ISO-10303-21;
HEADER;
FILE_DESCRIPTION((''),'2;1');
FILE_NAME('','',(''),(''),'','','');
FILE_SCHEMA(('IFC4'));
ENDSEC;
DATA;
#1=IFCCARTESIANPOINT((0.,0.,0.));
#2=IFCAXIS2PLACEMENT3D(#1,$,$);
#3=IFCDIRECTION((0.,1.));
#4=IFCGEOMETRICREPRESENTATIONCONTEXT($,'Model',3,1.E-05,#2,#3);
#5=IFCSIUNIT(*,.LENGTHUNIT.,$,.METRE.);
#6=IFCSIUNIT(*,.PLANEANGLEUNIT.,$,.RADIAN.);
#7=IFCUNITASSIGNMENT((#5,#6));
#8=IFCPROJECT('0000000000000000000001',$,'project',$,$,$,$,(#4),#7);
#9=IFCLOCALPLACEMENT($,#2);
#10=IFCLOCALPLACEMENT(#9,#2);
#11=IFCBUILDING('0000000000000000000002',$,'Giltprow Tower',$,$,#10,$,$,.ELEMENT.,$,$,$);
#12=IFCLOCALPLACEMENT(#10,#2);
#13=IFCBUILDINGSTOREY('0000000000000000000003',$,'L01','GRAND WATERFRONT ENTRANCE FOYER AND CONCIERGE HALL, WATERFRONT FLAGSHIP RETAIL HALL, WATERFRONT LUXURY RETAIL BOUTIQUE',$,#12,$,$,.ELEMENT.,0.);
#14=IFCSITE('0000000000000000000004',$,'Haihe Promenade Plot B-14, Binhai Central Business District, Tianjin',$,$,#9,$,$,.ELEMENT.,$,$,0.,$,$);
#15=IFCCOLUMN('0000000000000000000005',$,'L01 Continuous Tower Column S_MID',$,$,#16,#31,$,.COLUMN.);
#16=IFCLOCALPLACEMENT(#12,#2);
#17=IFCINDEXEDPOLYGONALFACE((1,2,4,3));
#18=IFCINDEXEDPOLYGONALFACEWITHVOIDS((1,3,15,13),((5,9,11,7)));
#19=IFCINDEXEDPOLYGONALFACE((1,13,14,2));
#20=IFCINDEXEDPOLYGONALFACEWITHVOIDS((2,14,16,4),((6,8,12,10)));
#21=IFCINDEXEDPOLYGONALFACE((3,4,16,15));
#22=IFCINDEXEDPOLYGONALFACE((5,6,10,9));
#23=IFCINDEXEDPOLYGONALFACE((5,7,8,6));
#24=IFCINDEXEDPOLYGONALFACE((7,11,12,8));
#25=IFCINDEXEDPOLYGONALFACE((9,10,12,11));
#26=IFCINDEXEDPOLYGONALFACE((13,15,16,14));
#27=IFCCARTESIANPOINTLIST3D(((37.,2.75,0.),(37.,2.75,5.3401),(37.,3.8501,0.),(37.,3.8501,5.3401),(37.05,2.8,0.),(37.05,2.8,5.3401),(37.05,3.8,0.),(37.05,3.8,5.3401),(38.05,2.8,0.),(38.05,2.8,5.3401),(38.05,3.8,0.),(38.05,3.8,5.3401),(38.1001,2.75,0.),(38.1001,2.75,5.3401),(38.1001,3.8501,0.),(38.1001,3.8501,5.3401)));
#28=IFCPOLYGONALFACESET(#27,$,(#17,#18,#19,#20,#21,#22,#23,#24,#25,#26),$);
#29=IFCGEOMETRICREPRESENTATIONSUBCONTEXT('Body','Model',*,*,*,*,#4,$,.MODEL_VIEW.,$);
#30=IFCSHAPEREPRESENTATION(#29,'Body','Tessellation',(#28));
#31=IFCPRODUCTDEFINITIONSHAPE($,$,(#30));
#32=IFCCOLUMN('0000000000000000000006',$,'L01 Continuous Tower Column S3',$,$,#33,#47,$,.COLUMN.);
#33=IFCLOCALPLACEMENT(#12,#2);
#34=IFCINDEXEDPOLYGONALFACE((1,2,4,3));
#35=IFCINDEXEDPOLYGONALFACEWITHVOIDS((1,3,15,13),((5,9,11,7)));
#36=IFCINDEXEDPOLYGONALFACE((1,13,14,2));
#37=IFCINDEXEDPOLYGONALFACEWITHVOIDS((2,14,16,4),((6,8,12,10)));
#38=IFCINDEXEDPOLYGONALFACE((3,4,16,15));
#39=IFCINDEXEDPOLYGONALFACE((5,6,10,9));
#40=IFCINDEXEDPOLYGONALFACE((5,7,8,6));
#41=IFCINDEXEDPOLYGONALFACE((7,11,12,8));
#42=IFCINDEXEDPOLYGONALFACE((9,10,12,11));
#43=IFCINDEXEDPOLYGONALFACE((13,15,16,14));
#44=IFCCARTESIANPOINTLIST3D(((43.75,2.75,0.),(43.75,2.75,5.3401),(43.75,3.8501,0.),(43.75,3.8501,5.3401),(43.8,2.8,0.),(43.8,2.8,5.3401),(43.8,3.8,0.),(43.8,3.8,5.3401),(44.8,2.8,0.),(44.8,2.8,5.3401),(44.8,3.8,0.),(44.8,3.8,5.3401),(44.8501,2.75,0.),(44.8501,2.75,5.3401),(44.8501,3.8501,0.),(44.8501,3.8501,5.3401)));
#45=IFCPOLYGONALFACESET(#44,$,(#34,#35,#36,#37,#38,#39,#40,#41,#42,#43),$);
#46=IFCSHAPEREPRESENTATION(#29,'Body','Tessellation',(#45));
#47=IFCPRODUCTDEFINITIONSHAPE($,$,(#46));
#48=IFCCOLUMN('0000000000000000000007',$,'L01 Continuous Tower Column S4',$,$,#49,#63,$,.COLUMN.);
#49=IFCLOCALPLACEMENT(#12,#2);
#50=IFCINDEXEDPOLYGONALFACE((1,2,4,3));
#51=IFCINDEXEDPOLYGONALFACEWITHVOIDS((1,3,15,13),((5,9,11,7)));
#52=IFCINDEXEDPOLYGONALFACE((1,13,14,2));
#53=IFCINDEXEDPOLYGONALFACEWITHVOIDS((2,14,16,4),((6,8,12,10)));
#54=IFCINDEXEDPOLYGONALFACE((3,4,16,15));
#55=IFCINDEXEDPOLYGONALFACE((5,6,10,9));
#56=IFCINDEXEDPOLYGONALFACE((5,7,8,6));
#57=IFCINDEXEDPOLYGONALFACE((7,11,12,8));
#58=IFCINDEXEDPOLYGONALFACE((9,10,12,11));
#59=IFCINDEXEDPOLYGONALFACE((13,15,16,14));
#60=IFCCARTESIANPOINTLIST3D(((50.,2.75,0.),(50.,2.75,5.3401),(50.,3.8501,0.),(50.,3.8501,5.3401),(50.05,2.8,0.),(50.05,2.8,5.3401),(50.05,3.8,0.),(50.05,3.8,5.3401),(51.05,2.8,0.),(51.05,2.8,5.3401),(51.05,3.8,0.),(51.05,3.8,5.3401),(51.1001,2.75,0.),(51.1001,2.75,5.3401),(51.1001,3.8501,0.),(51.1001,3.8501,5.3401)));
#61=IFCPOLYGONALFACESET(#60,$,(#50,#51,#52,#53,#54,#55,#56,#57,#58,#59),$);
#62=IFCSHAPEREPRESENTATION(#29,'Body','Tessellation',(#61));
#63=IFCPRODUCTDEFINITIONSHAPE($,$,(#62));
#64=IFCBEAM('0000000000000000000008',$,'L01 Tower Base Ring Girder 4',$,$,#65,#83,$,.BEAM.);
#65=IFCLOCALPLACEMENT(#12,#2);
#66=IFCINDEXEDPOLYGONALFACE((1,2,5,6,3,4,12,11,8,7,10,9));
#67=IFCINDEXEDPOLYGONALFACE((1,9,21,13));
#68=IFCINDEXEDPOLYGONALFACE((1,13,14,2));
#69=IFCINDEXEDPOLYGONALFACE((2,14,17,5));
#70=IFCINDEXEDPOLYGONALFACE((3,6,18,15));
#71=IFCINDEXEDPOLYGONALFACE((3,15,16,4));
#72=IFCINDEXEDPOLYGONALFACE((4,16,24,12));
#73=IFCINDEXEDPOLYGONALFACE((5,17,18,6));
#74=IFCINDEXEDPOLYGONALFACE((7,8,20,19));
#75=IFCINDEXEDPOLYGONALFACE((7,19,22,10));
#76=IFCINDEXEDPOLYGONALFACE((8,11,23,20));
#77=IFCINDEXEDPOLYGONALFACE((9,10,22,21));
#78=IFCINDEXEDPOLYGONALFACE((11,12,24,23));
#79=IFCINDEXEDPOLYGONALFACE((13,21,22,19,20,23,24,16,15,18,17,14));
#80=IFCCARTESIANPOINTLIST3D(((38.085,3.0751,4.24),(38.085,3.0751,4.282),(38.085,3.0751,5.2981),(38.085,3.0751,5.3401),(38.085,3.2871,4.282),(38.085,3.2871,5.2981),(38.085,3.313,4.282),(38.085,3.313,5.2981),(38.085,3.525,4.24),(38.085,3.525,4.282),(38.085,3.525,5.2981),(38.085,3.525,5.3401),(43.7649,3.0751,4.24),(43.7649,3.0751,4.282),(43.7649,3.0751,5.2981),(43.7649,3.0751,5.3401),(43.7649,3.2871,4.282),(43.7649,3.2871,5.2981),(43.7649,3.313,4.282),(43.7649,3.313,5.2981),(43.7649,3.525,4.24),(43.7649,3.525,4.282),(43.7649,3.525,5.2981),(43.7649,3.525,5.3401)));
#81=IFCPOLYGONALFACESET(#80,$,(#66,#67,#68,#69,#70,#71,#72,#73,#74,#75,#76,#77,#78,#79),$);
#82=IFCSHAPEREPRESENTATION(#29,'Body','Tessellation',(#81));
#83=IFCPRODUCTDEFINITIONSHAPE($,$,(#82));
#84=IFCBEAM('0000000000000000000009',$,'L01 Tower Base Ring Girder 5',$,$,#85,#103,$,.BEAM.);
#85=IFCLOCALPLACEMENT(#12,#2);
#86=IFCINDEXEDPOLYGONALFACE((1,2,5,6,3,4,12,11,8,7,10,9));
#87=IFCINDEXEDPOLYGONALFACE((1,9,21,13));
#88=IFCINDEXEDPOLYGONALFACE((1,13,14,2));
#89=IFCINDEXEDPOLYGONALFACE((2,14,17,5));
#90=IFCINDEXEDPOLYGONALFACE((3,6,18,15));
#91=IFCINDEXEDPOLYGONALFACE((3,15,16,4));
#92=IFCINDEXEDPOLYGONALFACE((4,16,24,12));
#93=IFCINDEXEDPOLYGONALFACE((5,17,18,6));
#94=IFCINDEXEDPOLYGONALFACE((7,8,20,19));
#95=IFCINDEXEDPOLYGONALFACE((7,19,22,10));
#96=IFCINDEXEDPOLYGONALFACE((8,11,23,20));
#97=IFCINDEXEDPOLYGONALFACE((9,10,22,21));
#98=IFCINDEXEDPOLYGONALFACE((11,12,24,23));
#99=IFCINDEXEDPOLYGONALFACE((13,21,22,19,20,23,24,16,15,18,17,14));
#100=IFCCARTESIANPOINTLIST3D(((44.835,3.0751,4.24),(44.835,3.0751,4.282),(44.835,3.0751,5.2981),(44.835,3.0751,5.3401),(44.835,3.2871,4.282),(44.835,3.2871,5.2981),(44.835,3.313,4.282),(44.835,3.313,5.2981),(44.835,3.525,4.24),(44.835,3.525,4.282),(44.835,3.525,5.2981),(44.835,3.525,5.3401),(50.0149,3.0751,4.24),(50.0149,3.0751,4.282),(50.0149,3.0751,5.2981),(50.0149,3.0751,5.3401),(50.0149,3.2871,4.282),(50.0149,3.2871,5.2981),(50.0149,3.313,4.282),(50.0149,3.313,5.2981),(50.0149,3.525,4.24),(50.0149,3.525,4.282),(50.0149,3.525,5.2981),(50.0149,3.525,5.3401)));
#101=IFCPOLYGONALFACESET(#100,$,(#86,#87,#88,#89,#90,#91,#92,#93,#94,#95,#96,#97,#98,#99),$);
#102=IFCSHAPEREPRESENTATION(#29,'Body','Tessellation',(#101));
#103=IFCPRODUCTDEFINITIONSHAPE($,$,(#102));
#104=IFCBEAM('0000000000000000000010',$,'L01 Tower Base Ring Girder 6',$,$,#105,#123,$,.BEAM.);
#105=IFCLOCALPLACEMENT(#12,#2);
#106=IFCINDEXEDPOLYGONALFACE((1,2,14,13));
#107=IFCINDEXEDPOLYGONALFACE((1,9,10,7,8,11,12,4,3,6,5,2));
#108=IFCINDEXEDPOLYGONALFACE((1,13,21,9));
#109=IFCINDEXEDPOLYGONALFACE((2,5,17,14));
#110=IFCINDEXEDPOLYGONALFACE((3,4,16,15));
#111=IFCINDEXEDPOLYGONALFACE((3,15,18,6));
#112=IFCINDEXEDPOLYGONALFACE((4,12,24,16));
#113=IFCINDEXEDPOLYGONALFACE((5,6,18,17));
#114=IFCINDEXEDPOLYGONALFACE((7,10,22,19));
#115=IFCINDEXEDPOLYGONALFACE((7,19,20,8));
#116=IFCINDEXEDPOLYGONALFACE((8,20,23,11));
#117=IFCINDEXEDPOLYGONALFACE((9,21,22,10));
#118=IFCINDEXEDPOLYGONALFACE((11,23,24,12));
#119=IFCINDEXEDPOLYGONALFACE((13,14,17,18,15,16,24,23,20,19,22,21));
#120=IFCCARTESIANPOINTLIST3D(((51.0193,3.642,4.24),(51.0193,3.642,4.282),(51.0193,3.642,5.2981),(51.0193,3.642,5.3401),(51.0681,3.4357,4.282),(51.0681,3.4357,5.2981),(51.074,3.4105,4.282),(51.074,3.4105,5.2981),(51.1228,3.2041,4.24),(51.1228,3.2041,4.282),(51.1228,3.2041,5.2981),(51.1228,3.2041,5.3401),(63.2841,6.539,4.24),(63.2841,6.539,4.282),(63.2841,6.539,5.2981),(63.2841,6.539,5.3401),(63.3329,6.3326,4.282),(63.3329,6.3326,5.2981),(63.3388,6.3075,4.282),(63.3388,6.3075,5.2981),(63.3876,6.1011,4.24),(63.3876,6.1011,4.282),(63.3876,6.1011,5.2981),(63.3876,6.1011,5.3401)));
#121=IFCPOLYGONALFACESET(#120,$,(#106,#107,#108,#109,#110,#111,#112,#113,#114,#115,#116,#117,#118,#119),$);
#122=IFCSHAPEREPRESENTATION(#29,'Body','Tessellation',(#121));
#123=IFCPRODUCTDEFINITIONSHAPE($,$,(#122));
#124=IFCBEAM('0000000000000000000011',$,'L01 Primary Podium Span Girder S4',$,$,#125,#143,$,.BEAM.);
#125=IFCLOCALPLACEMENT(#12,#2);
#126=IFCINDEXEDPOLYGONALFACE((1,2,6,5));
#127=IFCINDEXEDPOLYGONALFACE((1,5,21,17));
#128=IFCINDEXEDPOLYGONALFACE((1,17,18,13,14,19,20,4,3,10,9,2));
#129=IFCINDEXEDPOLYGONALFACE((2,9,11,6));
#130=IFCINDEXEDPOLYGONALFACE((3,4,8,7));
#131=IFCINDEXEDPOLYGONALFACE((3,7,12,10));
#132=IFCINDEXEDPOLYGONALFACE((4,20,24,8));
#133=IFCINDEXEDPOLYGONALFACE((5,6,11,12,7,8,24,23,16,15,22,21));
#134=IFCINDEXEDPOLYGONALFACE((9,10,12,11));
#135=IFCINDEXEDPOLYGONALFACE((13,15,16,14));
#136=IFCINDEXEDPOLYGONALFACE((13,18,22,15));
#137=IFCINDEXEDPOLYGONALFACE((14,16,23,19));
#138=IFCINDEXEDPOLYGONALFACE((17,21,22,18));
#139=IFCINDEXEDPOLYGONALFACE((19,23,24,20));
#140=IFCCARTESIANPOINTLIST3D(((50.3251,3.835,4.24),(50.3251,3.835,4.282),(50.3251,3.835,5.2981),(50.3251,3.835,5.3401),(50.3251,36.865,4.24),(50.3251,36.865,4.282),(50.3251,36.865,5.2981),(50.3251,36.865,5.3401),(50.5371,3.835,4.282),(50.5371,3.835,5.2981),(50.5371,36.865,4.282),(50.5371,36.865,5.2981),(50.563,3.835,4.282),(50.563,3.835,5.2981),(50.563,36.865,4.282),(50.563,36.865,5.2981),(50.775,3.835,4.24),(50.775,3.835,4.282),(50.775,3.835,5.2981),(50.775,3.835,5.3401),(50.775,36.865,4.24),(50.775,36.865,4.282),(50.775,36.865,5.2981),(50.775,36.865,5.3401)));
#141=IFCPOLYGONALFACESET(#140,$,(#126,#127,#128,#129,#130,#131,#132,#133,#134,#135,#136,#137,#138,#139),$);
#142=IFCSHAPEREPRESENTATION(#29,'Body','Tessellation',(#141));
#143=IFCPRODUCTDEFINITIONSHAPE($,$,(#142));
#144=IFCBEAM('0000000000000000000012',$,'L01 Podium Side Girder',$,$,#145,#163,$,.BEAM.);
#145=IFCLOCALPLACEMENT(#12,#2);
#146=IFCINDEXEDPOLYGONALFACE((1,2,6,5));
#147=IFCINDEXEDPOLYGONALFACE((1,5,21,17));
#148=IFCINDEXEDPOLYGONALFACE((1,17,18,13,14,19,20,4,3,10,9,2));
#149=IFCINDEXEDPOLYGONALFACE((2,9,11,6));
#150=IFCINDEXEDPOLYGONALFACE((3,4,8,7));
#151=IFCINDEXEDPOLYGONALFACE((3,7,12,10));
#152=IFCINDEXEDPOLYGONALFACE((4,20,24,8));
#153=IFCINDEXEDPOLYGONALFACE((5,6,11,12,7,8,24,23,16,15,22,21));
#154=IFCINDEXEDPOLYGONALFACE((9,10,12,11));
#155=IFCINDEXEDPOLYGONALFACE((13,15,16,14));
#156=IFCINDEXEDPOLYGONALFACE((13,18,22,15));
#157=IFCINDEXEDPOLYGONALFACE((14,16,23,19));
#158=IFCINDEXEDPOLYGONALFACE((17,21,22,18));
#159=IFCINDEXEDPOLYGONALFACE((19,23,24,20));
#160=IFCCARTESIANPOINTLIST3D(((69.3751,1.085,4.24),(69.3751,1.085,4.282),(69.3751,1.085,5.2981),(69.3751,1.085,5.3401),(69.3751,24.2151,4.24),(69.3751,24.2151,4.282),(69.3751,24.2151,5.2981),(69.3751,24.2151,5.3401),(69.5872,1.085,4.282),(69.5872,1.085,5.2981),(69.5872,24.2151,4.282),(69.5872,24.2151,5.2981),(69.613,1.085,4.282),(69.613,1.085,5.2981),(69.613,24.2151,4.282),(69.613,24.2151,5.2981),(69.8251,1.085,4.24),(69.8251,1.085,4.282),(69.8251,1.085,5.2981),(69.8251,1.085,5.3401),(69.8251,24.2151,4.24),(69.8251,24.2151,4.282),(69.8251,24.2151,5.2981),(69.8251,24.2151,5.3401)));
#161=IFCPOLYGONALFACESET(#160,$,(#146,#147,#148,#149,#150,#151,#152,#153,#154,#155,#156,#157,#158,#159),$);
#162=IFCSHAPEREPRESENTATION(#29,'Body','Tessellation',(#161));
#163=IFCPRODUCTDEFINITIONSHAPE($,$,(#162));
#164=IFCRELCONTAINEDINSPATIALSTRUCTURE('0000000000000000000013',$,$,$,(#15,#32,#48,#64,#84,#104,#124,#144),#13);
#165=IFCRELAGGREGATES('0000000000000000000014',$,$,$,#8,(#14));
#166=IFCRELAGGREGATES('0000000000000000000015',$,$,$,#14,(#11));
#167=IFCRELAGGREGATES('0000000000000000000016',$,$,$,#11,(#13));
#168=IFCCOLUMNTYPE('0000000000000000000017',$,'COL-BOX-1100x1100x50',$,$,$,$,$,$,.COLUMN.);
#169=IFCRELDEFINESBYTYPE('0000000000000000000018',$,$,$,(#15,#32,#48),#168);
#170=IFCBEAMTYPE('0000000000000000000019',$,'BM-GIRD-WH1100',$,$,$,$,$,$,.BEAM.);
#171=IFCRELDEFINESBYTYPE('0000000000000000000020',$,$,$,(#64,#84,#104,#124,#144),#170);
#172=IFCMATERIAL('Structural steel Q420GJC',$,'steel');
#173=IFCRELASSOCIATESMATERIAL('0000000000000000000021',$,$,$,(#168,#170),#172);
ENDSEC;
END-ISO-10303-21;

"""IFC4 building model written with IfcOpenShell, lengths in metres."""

from ifc_helpers import new_model, si_unit, direction, frame, origin, origin_2d, place, context, subcontext, project, spatial, hollow_rectangle, i_section, extrude, source, transform, mapped, material, material_profile, profile_set, type_object, element, save


model = new_model("IFC4")

# Units and contexts
model_context = context("Model", 3, precision=1e-05, world=origin(), true_north=direction((0.0, 1.0)))
body_context = subcontext(model_context, "Body", "Model", "MODEL_VIEW")
ifc_project = project(units=[si_unit("LENGTHUNIT", "METRE"), si_unit("PLANEANGLEUNIT", "RADIAN")], contexts=[model_context])

# Site, building, storey
site_placement = place(None, origin())
site = spatial("IfcSite", under=ifc_project, at=site_placement, Name="Haihe Promenade Plot B-14, Binhai Central Business District, Tianjin", CompositionType="ELEMENT", RefElevation=0.0)
building_placement = place(site_placement, origin())
building = spatial("IfcBuilding", under=site, at=building_placement, Name="Giltprow Tower", CompositionType="ELEMENT")
storey_placement = place(building_placement, origin())
storey = spatial("IfcBuildingStorey", under=building, at=storey_placement, Name="L01", Description="GRAND WATERFRONT ENTRANCE FOYER AND CONCIERGE HALL, WATERFRONT FLAGSHIP RETAIL HALL, WATERFRONT LUXURY RETAIL BOUTIQUE", CompositionType="ELEMENT", Elevation=0.0)

# Columns
ifc_material_1 = material(Name="Structural steel Q420GJC", Category="steel")
ifc_material_profile_1 = material_profile(ifc_material_1, hollow_rectangle(XDim=1.1001, YDim=1.1001, WallThickness=0.05, at=origin_2d()), Name="BOX 1100x1100x50")
ifc_profile_set_1 = profile_set([ifc_material_profile_1], Name="Structural steel Q420GJC")
column_type = type_object("IfcColumnType", Name="COL-BOX-1100x1100x50", PredefinedType="COLUMN", material=ifc_profile_set_1)
shared_shape_1 = source(origin(), body_context, "Body", "SweptSolid", [
    extrude(hollow_rectangle(XDim=1.1001, YDim=1.1001, WallThickness=0.05, at=origin_2d()), origin(), (0.0, 0.0, 1.0), 5.3401),
])
for number, where, z_axis, x_axis, name in (
    (1, (37.55, 3.3, 0.0), (0.0, 0.0, 1.0), (1.0, 0.0, 0.0), "L01 Continuous Tower Column S_MID"),
    (2, (44.3, 3.3, 0.0), (0.0, 0.0, 1.0), (1.0, 0.0, 0.0), "L01 Continuous Tower Column S3"),
    (3, (50.55, 3.3, 0.0), (0.0, 0.0, 1.0), (1.0, 0.0, 0.0), "L01 Continuous Tower Column S4"),
):
    element("IfcColumn", number, at=place(storey_placement, frame(where, z_axis=z_axis, x_axis=x_axis)), inside=storey, type_object=column_type, Name=name, PredefinedType="COLUMN", context=body_context, shape_type="MappedRepresentation", body=[
        mapped(shared_shape_1, transform((0.0, 0.0, 0.0), x_axis=(1.0, 0.0, 0.0), y_axis=(0.0, 1.0, 0.0), z_axis=(0.0, 0.0, 1.0), scale=1.0)),
    ])

# Beams
ifc_material_profile_2 = material_profile(ifc_material_1, i_section(OverallWidth=0.45, OverallDepth=1.1001, WebThickness=0.0259, FlangeThickness=0.042, at=origin_2d()), Name="WH 1100x450x26x42")
ifc_profile_set_2 = profile_set([ifc_material_profile_2], Name="Structural steel Q420GJC")
beam_type_1 = type_object("IfcBeamType", Name="BM-GIRD-WH1100", PredefinedType="BEAM", material=ifc_profile_set_2)
shared_shape_2 = source(origin(), body_context, "Body", "SweptSolid", [
    extrude(i_section(OverallWidth=0.45, OverallDepth=1.1001, WebThickness=0.0259, FlangeThickness=0.042, at=origin_2d()), origin(), (0.0, 0.0, 1.0), 5.6799),
])
beam_1_placement = place(storey_placement, frame((38.085, 3.3, 4.79), z_axis=(1.0, 0.0, 0.0), x_axis=(0.0, 1.0, 0.0)))
element("IfcBeam", 4, at=beam_1_placement, inside=storey, type_object=beam_type_1, Name="L01 Tower Base Ring Girder 4", PredefinedType="BEAM", context=body_context, shape_type="MappedRepresentation", body=[
    mapped(shared_shape_2, transform((0.0, 0.0, 0.0), x_axis=(1.0, 0.0, 0.0), y_axis=(0.0, 1.0, 0.0), z_axis=(0.0, 0.0, 1.0), scale=1.0)),
])
shared_shape_3 = source(origin(), body_context, "Body", "SweptSolid", [
    extrude(i_section(OverallWidth=0.45, OverallDepth=1.1001, WebThickness=0.0259, FlangeThickness=0.042, at=origin_2d()), origin(), (0.0, 0.0, 1.0), 5.1799),
])
beam_2_placement = place(storey_placement, frame((44.835, 3.3, 4.79), z_axis=(1.0, 0.0, 0.0), x_axis=(0.0, 1.0, 0.0)))
element("IfcBeam", 5, at=beam_2_placement, inside=storey, type_object=beam_type_1, Name="L01 Tower Base Ring Girder 5", PredefinedType="BEAM", context=body_context, shape_type="MappedRepresentation", body=[
    mapped(shared_shape_3, transform((0.0, 0.0, 0.0), x_axis=(1.0, 0.0, 0.0), y_axis=(0.0, 1.0, 0.0), z_axis=(0.0, 0.0, 1.0), scale=1.0)),
])
shared_shape_4 = source(origin(), body_context, "Body", "SweptSolid", [
    extrude(i_section(OverallWidth=0.45, OverallDepth=1.1001, WebThickness=0.0259, FlangeThickness=0.042, at=origin_2d()), origin(), (0.0, 0.0, 1.0), 12.6023),
])
beam_3_placement = place(storey_placement, frame((51.071, 3.4231, 4.79), z_axis=(0.97322, 0.229875, 0.0), x_axis=(-0.229875, 0.97322, 0.0)))
element("IfcBeam", 6, at=beam_3_placement, inside=storey, type_object=beam_type_1, Name="L01 Tower Base Ring Girder 6", PredefinedType="BEAM", context=body_context, shape_type="MappedRepresentation", body=[
    mapped(shared_shape_4, transform((0.0, 0.0, 0.0), x_axis=(1.0, 0.0, 0.0), y_axis=(0.0, 1.0, 0.0), z_axis=(0.0, 0.0, 1.0), scale=1.0)),
])
shared_shape_5 = source(origin(), body_context, "Body", "SweptSolid", [
    extrude(i_section(OverallWidth=0.45, OverallDepth=1.1001, WebThickness=0.0259, FlangeThickness=0.042, at=origin_2d()), origin(), (0.0, 0.0, 1.0), 33.03),
])
beam_4_placement = place(storey_placement, frame((50.55, 3.835, 4.79), z_axis=(0.0, 1.0, 0.0), x_axis=(-1.0, 0.0, 0.0)))
element("IfcBeam", 7, at=beam_4_placement, inside=storey, type_object=beam_type_1, Name="L01 Primary Podium Span Girder S4", PredefinedType="BEAM", context=body_context, shape_type="MappedRepresentation", body=[
    mapped(shared_shape_5, transform((0.0, 0.0, 0.0), x_axis=(1.0, 0.0, 0.0), y_axis=(0.0, 1.0, 0.0), z_axis=(0.0, 0.0, 1.0), scale=1.0)),
])
shared_shape_6 = source(origin(), body_context, "Body", "SweptSolid", [
    extrude(i_section(OverallWidth=0.45, OverallDepth=1.1001, WebThickness=0.0259, FlangeThickness=0.042, at=origin_2d()), origin(), (0.0, 0.0, 1.0), 23.1301),
])
beam_5_placement = place(storey_placement, frame((69.6001, 1.085, 4.79), z_axis=(0.0, 1.0, 0.0), x_axis=(-1.0, 0.0, 0.0)))
element("IfcBeam", 8, at=beam_5_placement, inside=storey, type_object=beam_type_1, Name="L01 Podium Side Girder", PredefinedType="BEAM", context=body_context, shape_type="MappedRepresentation", body=[
    mapped(shared_shape_6, transform((0.0, 0.0, 0.0), x_axis=(1.0, 0.0, 0.0), y_axis=(0.0, 1.0, 0.0), z_axis=(0.0, 0.0, 1.0), scale=1.0)),
])

save(model, "model.ifc")
